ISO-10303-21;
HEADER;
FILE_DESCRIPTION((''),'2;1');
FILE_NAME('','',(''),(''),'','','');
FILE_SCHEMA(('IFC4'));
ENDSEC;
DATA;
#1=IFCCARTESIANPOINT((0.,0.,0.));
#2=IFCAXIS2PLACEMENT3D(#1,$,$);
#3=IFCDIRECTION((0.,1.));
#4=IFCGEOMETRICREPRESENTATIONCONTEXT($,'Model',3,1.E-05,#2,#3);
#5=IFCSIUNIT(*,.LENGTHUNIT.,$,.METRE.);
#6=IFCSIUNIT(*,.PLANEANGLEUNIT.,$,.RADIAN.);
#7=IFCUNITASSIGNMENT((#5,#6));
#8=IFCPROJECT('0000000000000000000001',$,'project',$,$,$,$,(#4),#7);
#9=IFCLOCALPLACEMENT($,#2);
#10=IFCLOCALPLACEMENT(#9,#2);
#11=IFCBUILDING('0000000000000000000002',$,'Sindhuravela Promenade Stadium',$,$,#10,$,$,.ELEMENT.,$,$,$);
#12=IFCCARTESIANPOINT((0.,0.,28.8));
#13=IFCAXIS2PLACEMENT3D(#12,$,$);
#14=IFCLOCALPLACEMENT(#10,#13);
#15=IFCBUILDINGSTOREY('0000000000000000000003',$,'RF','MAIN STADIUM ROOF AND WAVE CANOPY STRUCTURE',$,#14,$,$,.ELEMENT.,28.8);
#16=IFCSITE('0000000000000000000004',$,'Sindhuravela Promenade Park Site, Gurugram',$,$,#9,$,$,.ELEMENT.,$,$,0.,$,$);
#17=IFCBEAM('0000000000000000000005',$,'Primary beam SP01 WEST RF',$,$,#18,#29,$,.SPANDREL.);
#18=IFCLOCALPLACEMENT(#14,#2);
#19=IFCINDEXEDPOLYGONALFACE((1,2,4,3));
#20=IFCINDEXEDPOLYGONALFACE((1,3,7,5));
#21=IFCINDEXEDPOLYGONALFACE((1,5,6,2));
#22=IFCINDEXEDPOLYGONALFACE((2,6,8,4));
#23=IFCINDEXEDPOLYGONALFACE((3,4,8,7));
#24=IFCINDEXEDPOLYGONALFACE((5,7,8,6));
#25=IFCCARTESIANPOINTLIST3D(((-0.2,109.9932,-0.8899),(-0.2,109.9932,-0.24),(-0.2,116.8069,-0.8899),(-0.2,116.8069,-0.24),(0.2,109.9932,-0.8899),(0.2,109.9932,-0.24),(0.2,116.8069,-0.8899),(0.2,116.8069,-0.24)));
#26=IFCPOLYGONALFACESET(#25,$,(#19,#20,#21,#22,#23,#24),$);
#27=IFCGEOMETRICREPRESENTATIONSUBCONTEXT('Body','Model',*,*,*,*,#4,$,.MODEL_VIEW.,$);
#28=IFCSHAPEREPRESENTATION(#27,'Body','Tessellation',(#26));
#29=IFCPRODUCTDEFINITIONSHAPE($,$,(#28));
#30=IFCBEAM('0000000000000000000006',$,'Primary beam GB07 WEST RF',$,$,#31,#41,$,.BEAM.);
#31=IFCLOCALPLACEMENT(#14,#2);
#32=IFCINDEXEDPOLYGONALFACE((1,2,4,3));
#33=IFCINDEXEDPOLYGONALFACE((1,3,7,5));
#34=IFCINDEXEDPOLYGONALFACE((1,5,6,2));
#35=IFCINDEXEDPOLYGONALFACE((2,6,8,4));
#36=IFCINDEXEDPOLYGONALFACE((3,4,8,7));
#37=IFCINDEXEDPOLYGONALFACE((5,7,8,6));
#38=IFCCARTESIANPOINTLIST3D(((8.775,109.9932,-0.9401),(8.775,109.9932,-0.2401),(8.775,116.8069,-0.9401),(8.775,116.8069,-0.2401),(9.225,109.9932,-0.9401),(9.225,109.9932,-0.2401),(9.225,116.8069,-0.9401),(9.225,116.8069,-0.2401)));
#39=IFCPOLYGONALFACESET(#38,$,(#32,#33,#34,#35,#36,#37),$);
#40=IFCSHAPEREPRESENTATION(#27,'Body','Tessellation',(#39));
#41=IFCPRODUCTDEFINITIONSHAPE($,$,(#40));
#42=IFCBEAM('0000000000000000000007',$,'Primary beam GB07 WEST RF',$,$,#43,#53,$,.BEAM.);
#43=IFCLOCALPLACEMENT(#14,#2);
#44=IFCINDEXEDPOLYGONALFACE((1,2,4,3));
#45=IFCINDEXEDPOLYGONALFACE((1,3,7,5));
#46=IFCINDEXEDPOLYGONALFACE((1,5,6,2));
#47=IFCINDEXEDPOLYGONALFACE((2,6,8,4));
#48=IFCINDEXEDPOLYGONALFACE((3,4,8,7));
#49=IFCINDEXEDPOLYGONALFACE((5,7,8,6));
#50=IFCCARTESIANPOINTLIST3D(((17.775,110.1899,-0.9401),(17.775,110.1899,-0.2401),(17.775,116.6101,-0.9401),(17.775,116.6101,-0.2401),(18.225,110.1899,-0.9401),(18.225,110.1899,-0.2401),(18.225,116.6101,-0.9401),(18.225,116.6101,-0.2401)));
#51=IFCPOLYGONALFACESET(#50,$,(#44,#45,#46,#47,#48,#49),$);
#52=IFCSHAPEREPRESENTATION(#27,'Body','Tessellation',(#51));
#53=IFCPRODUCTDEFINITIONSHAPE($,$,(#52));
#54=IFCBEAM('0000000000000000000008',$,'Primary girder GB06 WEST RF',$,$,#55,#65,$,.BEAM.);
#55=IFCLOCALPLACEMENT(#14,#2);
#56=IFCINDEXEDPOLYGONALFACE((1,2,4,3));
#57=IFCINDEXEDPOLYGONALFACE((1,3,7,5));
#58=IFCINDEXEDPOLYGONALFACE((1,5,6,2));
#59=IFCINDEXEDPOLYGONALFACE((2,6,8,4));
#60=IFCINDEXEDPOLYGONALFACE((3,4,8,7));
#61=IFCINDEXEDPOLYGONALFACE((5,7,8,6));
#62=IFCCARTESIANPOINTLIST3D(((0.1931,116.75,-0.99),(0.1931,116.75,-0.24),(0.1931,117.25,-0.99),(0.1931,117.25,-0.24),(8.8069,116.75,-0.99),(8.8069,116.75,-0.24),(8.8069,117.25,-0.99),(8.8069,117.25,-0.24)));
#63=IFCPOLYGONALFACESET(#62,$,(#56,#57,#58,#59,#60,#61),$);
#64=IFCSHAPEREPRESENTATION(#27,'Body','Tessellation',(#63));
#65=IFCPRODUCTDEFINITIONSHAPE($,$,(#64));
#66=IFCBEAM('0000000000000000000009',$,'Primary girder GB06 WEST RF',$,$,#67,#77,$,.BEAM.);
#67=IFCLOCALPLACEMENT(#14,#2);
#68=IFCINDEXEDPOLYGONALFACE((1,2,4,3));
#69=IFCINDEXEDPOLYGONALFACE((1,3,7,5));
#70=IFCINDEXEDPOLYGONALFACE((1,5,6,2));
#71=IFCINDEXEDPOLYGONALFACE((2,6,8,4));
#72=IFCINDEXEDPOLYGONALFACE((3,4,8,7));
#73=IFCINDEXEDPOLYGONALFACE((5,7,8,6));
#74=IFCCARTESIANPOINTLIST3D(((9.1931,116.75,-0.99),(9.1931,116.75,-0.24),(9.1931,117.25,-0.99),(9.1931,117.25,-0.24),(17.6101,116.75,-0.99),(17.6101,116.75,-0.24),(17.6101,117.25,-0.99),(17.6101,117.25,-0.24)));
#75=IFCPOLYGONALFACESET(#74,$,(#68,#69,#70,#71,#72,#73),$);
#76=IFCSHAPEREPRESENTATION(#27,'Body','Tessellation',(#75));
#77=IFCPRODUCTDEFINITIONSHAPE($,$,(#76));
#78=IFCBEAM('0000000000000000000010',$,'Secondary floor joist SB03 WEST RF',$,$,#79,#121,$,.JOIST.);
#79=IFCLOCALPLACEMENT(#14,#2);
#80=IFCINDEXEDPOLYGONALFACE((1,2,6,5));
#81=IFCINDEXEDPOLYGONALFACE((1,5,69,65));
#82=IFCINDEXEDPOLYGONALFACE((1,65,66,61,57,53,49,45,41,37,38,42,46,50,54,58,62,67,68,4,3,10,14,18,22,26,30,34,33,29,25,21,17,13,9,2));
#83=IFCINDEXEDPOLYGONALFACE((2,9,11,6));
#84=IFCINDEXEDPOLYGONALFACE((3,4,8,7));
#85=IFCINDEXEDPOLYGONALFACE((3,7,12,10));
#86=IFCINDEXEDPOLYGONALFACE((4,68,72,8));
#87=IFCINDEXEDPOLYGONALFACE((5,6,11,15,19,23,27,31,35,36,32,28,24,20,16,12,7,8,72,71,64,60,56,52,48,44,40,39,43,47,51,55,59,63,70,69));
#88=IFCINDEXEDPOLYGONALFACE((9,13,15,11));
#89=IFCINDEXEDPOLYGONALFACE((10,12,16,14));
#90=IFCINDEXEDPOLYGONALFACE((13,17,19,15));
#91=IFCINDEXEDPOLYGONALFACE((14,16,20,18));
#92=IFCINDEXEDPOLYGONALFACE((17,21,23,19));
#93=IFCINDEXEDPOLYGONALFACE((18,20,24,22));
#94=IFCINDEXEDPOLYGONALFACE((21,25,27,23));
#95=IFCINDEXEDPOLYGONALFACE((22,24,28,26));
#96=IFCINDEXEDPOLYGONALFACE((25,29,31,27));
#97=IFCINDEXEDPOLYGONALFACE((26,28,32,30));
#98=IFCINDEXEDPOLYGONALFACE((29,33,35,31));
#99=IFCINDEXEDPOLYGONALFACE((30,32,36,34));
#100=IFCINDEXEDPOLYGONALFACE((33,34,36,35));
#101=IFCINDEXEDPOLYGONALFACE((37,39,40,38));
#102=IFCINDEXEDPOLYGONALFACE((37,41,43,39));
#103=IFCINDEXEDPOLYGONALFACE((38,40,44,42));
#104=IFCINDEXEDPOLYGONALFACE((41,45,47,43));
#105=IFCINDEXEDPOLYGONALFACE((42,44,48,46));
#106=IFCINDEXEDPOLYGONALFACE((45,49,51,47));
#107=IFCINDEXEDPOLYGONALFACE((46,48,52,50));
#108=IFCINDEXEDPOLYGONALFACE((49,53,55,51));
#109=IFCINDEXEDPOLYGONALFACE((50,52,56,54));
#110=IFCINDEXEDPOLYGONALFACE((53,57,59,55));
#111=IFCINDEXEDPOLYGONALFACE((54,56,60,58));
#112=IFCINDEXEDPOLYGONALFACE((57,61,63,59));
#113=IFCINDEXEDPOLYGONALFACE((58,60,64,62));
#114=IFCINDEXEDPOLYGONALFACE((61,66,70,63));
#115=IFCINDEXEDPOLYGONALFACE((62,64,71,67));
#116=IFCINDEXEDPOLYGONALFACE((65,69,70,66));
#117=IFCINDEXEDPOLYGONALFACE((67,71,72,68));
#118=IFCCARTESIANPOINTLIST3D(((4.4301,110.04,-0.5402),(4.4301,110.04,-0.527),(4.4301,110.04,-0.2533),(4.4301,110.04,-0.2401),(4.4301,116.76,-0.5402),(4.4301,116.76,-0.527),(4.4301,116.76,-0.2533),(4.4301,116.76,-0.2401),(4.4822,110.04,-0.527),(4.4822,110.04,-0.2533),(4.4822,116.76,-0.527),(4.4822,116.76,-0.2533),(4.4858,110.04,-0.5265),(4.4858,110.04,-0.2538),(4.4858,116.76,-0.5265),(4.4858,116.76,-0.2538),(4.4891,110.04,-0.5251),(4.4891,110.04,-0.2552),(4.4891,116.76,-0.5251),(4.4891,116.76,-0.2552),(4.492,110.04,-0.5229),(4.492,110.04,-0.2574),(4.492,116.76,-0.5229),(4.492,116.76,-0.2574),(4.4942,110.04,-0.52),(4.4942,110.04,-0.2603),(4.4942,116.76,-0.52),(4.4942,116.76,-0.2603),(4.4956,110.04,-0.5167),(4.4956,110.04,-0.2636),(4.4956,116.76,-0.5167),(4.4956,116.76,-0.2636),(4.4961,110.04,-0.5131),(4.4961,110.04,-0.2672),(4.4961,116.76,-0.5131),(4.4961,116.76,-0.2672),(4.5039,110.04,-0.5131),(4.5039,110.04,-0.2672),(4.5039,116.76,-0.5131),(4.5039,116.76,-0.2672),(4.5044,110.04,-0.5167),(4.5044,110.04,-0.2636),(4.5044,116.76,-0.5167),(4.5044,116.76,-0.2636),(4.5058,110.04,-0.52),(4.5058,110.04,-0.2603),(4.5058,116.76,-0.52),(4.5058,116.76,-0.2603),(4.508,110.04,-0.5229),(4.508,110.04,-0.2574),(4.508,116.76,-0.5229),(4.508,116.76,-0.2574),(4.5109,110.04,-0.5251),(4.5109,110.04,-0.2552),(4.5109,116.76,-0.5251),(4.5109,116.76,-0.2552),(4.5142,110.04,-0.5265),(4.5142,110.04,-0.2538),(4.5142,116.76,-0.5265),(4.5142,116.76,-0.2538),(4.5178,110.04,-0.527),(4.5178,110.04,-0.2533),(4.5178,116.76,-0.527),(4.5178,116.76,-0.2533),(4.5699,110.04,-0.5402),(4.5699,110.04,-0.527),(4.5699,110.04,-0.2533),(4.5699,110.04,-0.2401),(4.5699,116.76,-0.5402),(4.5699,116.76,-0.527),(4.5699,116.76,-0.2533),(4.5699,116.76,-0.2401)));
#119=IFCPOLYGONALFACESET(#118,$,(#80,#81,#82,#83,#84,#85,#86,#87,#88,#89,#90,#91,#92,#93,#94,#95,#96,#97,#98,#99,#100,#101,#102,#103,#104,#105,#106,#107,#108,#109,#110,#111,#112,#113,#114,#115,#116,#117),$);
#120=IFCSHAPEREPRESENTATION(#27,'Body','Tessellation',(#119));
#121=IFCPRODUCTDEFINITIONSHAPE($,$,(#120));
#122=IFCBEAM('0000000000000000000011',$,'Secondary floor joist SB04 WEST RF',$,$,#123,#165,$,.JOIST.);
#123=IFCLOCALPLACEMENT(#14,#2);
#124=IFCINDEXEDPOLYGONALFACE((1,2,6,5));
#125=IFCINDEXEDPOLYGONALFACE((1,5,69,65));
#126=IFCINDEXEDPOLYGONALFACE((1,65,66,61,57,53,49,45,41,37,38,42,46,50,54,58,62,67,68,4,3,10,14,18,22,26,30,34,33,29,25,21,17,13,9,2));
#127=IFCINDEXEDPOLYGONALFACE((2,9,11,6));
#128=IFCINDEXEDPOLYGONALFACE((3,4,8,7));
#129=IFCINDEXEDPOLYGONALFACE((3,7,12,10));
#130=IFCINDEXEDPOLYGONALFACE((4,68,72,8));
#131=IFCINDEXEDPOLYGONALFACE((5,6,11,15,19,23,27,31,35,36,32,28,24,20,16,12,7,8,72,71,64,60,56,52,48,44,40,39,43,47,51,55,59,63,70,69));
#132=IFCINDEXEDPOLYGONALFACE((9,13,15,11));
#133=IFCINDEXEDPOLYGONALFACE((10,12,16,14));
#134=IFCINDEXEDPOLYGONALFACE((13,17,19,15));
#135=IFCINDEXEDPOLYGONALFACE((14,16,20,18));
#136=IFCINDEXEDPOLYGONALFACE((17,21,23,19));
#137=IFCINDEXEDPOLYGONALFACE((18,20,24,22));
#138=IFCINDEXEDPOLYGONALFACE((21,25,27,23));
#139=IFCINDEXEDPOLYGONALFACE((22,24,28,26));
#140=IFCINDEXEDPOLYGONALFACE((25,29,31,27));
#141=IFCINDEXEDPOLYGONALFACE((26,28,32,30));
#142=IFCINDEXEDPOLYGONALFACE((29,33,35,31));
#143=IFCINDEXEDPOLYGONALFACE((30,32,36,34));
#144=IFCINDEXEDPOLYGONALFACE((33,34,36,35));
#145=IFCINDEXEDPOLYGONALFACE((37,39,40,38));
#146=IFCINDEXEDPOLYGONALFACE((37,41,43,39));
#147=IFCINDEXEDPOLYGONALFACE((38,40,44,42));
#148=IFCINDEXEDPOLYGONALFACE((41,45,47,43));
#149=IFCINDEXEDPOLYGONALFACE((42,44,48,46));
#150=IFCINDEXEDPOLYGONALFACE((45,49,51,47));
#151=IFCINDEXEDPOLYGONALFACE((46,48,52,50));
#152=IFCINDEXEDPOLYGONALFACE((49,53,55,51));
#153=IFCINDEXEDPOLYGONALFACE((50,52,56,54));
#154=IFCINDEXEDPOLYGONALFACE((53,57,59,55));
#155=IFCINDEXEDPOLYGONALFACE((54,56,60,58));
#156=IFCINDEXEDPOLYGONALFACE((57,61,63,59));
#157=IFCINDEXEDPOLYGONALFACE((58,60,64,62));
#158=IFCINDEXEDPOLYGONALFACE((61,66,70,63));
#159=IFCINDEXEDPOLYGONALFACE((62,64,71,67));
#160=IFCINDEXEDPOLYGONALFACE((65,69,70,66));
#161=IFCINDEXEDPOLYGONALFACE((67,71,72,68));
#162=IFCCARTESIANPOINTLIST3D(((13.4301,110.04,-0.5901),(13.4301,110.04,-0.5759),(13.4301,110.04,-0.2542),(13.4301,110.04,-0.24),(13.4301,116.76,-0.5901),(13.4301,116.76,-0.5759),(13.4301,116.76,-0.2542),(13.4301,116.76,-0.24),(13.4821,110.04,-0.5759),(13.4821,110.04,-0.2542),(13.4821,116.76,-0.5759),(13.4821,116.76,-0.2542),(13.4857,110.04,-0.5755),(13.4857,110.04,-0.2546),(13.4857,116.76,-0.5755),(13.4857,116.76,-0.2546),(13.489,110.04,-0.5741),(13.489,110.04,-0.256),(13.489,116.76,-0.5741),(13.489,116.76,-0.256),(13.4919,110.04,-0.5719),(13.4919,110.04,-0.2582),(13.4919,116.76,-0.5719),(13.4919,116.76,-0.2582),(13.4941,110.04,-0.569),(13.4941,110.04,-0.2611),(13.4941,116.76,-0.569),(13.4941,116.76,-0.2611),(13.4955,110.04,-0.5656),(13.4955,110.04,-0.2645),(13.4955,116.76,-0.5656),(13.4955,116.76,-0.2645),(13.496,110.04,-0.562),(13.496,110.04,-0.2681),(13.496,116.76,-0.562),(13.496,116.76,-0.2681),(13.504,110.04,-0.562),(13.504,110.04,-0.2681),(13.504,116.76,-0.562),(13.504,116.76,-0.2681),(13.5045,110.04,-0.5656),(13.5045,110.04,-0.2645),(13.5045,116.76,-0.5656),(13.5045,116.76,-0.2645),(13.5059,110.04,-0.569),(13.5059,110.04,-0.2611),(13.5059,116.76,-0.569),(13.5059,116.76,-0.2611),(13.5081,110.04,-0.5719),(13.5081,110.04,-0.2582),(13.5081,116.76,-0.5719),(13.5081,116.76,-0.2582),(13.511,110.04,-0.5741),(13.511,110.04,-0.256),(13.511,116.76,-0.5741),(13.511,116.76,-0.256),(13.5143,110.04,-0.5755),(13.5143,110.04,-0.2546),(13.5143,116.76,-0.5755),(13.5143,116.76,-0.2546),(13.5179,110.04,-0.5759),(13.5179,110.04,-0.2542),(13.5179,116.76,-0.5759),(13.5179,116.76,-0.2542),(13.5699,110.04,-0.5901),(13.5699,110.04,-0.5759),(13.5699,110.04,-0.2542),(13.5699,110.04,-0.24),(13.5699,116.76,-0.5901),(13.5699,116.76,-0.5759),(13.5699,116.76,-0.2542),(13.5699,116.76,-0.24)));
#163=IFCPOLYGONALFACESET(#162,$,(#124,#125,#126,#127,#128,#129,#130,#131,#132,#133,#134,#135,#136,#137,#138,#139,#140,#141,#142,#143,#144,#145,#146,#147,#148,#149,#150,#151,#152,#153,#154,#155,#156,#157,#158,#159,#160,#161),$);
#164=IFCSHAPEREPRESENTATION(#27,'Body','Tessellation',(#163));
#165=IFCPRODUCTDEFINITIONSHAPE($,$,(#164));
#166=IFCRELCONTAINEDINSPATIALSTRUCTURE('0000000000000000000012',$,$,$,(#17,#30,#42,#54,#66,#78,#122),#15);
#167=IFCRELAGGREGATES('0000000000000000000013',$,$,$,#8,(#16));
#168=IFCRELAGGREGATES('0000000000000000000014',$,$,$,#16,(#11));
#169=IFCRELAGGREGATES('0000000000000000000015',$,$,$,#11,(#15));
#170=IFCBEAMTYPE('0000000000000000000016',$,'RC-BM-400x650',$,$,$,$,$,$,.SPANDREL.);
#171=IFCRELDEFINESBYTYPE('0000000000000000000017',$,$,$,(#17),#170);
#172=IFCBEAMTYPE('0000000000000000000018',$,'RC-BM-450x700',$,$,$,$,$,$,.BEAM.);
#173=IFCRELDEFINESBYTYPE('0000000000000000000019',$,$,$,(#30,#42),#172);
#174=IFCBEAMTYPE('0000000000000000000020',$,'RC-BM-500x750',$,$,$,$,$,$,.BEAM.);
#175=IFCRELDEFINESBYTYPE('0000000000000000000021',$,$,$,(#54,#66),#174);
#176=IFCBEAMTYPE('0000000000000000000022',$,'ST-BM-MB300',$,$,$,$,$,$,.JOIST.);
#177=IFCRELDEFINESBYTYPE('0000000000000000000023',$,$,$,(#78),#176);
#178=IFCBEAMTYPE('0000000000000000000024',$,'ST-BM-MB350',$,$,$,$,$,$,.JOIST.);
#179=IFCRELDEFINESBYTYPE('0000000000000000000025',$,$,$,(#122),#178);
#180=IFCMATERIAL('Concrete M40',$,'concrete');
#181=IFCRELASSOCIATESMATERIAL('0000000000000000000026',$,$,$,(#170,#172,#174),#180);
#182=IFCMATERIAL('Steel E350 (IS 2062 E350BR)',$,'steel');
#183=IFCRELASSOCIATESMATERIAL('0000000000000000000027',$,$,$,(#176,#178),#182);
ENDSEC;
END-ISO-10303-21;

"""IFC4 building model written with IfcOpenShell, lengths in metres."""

from ifc_helpers import new_model, si_unit, direction, frame, origin, origin_2d, place, context, subcontext, project, spatial, rectangle, i_section, extrude, material, material_profile, profile_set, type_object, element, save


model = new_model("IFC4")

# Units and contexts
model_context = context("Model", 3, precision=1e-05, world=origin(), true_north=direction((0.0, 1.0)))
body_context = subcontext(model_context, "Body", "Model", "MODEL_VIEW")
ifc_project = project(units=[si_unit("LENGTHUNIT", "METRE"), si_unit("PLANEANGLEUNIT", "RADIAN")], contexts=[model_context])

# Site, building, storey
site_placement = place(None, origin())
site = spatial("IfcSite", under=ifc_project, at=site_placement, Name="Sindhuravela Promenade Park Site, Gurugram", CompositionType="ELEMENT", RefElevation=0.0)
building_placement = place(site_placement, origin())
building = spatial("IfcBuilding", under=site, at=building_placement, Name="Sindhuravela Promenade Stadium", CompositionType="ELEMENT")
storey_placement = place(building_placement, frame((0.0, 0.0, 28.8)))
storey = spatial("IfcBuildingStorey", under=building, at=storey_placement, Name="RF", Description="MAIN STADIUM ROOF AND WAVE CANOPY STRUCTURE", CompositionType="ELEMENT", Elevation=28.8)

# Beams
ifc_material_1 = material(Name="Concrete M40", Category="concrete")
ifc_material_profile_1 = material_profile(ifc_material_1, rectangle(XDim=0.3999, YDim=0.6499, at=origin_2d()), Name="RC 400x650")
ifc_profile_set_1 = profile_set([ifc_material_profile_1], Name="Concrete M40")
beam_type_1 = type_object("IfcBeamType", Name="RC-BM-400x650", PredefinedType="SPANDREL", material=ifc_profile_set_1)
beam_1_placement = place(storey_placement, frame((0.0, 109.9932, -0.5649), z_axis=(0.0, 1.0, 0.0), x_axis=(-1.0, 0.0, 0.0)))
element("IfcBeam", 1, at=beam_1_placement, inside=storey, type_object=beam_type_1, Name="Primary beam SP01 WEST RF", PredefinedType="SPANDREL", context=body_context, shape_type="SweptSolid", body=[
    extrude(rectangle(XDim=0.3999, YDim=0.6499, at=origin_2d()), origin(), (0.0, 0.0, 1.0), 6.8137),
])
ifc_material_profile_2 = material_profile(ifc_material_1, rectangle(XDim=0.45, YDim=0.7, at=origin_2d()), Name="RC 450x700")
ifc_profile_set_2 = profile_set([ifc_material_profile_2], Name="Concrete M40")
beam_type_2 = type_object("IfcBeamType", Name="RC-BM-450x700", PredefinedType="BEAM", material=ifc_profile_set_2)
beam_2_placement = place(storey_placement, frame((9.0, 109.9932, -0.5901), z_axis=(0.0, 1.0, 0.0), x_axis=(-1.0, 0.0, 0.0)))
element("IfcBeam", 2, at=beam_2_placement, inside=storey, type_object=beam_type_2, Name="Primary beam GB07 WEST RF", PredefinedType="BEAM", context=body_context, shape_type="SweptSolid", body=[
    extrude(rectangle(XDim=0.45, YDim=0.7, at=origin_2d()), origin(), (0.0, 0.0, 1.0), 6.8137),
])
beam_3_placement = place(storey_placement, frame((18.0, 110.1899, -0.5901), z_axis=(0.0, 1.0, 0.0), x_axis=(-1.0, 0.0, 0.0)))
element("IfcBeam", 3, at=beam_3_placement, inside=storey, type_object=beam_type_2, Name="Primary beam GB07 WEST RF", PredefinedType="BEAM", context=body_context, shape_type="SweptSolid", body=[
    extrude(rectangle(XDim=0.45, YDim=0.7, at=origin_2d()), origin(), (0.0, 0.0, 1.0), 6.4202),
])
ifc_material_profile_3 = material_profile(ifc_material_1, rectangle(XDim=0.5, YDim=0.75, at=origin_2d()), Name="RC 500x750")
ifc_profile_set_3 = profile_set([ifc_material_profile_3], Name="Concrete M40")
beam_type_3 = type_object("IfcBeamType", Name="RC-BM-500x750", PredefinedType="BEAM", material=ifc_profile_set_3)
beam_4_placement = place(storey_placement, frame((0.1931, 117.0, -0.615), z_axis=(1.0, 0.0, 0.0), x_axis=(0.0, 1.0, 0.0)))
element("IfcBeam", 4, at=beam_4_placement, inside=storey, type_object=beam_type_3, Name="Primary girder GB06 WEST RF", PredefinedType="BEAM", context=body_context, shape_type="SweptSolid", body=[
    extrude(rectangle(XDim=0.5, YDim=0.75, at=origin_2d()), origin(), (0.0, 0.0, 1.0), 8.6138),
])
beam_5_placement = place(storey_placement, frame((9.1931, 117.0, -0.615), z_axis=(1.0, 0.0, 0.0), x_axis=(0.0, 1.0, 0.0)))
element("IfcBeam", 5, at=beam_5_placement, inside=storey, type_object=beam_type_3, Name="Primary girder GB06 WEST RF", PredefinedType="BEAM", context=body_context, shape_type="SweptSolid", body=[
    extrude(rectangle(XDim=0.5, YDim=0.75, at=origin_2d()), origin(), (0.0, 0.0, 1.0), 8.417),
])
ifc_material_2 = material(Name="Steel E350 (IS 2062 E350BR)", Category="steel")
ifc_material_profile_4 = material_profile(ifc_material_2, i_section(OverallWidth=0.1399, OverallDepth=0.3, WebThickness=0.0078, FlangeThickness=0.0132, FilletRadius=0.0139, at=origin_2d()), Name="ISMB 300")
ifc_profile_set_4 = profile_set([ifc_material_profile_4], Name="Steel E350 (IS 2062 E350BR)")
beam_type_4 = type_object("IfcBeamType", Name="ST-BM-MB300", PredefinedType="JOIST", material=ifc_profile_set_4)
beam_6_placement = place(storey_placement, frame((4.5, 110.04, -0.3901), z_axis=(0.0, 1.0, 0.0), x_axis=(-1.0, 0.0, 0.0)))
element("IfcBeam", 6, at=beam_6_placement, inside=storey, type_object=beam_type_4, Name="Secondary floor joist SB03 WEST RF", PredefinedType="JOIST", context=body_context, shape_type="SweptSolid", body=[
    extrude(i_section(OverallWidth=0.1399, OverallDepth=0.3, WebThickness=0.0078, FlangeThickness=0.0132, FilletRadius=0.0139, at=origin_2d()), origin(), (0.0, 0.0, 1.0), 6.72),
])
ifc_material_profile_5 = material_profile(ifc_material_2, i_section(OverallWidth=0.1399, OverallDepth=0.3501, WebThickness=0.0081, FlangeThickness=0.0142, FilletRadius=0.0139, at=origin_2d()), Name="ISMB 350")
ifc_profile_set_5 = profile_set([ifc_material_profile_5], Name="Steel E350 (IS 2062 E350BR)")
beam_type_5 = type_object("IfcBeamType", Name="ST-BM-MB350", PredefinedType="JOIST", material=ifc_profile_set_5)
beam_7_placement = place(storey_placement, frame((13.5, 110.04, -0.415), z_axis=(0.0, 1.0, 0.0), x_axis=(-1.0, 0.0, 0.0)))
element("IfcBeam", 7, at=beam_7_placement, inside=storey, type_object=beam_type_5, Name="Secondary floor joist SB04 WEST RF", PredefinedType="JOIST", context=body_context, shape_type="SweptSolid", body=[
    extrude(i_section(OverallWidth=0.1399, OverallDepth=0.3501, WebThickness=0.0081, FlangeThickness=0.0142, FilletRadius=0.0139, at=origin_2d()), origin(), (0.0, 0.0, 1.0), 6.72),
])

save(model, "model.ifc")
